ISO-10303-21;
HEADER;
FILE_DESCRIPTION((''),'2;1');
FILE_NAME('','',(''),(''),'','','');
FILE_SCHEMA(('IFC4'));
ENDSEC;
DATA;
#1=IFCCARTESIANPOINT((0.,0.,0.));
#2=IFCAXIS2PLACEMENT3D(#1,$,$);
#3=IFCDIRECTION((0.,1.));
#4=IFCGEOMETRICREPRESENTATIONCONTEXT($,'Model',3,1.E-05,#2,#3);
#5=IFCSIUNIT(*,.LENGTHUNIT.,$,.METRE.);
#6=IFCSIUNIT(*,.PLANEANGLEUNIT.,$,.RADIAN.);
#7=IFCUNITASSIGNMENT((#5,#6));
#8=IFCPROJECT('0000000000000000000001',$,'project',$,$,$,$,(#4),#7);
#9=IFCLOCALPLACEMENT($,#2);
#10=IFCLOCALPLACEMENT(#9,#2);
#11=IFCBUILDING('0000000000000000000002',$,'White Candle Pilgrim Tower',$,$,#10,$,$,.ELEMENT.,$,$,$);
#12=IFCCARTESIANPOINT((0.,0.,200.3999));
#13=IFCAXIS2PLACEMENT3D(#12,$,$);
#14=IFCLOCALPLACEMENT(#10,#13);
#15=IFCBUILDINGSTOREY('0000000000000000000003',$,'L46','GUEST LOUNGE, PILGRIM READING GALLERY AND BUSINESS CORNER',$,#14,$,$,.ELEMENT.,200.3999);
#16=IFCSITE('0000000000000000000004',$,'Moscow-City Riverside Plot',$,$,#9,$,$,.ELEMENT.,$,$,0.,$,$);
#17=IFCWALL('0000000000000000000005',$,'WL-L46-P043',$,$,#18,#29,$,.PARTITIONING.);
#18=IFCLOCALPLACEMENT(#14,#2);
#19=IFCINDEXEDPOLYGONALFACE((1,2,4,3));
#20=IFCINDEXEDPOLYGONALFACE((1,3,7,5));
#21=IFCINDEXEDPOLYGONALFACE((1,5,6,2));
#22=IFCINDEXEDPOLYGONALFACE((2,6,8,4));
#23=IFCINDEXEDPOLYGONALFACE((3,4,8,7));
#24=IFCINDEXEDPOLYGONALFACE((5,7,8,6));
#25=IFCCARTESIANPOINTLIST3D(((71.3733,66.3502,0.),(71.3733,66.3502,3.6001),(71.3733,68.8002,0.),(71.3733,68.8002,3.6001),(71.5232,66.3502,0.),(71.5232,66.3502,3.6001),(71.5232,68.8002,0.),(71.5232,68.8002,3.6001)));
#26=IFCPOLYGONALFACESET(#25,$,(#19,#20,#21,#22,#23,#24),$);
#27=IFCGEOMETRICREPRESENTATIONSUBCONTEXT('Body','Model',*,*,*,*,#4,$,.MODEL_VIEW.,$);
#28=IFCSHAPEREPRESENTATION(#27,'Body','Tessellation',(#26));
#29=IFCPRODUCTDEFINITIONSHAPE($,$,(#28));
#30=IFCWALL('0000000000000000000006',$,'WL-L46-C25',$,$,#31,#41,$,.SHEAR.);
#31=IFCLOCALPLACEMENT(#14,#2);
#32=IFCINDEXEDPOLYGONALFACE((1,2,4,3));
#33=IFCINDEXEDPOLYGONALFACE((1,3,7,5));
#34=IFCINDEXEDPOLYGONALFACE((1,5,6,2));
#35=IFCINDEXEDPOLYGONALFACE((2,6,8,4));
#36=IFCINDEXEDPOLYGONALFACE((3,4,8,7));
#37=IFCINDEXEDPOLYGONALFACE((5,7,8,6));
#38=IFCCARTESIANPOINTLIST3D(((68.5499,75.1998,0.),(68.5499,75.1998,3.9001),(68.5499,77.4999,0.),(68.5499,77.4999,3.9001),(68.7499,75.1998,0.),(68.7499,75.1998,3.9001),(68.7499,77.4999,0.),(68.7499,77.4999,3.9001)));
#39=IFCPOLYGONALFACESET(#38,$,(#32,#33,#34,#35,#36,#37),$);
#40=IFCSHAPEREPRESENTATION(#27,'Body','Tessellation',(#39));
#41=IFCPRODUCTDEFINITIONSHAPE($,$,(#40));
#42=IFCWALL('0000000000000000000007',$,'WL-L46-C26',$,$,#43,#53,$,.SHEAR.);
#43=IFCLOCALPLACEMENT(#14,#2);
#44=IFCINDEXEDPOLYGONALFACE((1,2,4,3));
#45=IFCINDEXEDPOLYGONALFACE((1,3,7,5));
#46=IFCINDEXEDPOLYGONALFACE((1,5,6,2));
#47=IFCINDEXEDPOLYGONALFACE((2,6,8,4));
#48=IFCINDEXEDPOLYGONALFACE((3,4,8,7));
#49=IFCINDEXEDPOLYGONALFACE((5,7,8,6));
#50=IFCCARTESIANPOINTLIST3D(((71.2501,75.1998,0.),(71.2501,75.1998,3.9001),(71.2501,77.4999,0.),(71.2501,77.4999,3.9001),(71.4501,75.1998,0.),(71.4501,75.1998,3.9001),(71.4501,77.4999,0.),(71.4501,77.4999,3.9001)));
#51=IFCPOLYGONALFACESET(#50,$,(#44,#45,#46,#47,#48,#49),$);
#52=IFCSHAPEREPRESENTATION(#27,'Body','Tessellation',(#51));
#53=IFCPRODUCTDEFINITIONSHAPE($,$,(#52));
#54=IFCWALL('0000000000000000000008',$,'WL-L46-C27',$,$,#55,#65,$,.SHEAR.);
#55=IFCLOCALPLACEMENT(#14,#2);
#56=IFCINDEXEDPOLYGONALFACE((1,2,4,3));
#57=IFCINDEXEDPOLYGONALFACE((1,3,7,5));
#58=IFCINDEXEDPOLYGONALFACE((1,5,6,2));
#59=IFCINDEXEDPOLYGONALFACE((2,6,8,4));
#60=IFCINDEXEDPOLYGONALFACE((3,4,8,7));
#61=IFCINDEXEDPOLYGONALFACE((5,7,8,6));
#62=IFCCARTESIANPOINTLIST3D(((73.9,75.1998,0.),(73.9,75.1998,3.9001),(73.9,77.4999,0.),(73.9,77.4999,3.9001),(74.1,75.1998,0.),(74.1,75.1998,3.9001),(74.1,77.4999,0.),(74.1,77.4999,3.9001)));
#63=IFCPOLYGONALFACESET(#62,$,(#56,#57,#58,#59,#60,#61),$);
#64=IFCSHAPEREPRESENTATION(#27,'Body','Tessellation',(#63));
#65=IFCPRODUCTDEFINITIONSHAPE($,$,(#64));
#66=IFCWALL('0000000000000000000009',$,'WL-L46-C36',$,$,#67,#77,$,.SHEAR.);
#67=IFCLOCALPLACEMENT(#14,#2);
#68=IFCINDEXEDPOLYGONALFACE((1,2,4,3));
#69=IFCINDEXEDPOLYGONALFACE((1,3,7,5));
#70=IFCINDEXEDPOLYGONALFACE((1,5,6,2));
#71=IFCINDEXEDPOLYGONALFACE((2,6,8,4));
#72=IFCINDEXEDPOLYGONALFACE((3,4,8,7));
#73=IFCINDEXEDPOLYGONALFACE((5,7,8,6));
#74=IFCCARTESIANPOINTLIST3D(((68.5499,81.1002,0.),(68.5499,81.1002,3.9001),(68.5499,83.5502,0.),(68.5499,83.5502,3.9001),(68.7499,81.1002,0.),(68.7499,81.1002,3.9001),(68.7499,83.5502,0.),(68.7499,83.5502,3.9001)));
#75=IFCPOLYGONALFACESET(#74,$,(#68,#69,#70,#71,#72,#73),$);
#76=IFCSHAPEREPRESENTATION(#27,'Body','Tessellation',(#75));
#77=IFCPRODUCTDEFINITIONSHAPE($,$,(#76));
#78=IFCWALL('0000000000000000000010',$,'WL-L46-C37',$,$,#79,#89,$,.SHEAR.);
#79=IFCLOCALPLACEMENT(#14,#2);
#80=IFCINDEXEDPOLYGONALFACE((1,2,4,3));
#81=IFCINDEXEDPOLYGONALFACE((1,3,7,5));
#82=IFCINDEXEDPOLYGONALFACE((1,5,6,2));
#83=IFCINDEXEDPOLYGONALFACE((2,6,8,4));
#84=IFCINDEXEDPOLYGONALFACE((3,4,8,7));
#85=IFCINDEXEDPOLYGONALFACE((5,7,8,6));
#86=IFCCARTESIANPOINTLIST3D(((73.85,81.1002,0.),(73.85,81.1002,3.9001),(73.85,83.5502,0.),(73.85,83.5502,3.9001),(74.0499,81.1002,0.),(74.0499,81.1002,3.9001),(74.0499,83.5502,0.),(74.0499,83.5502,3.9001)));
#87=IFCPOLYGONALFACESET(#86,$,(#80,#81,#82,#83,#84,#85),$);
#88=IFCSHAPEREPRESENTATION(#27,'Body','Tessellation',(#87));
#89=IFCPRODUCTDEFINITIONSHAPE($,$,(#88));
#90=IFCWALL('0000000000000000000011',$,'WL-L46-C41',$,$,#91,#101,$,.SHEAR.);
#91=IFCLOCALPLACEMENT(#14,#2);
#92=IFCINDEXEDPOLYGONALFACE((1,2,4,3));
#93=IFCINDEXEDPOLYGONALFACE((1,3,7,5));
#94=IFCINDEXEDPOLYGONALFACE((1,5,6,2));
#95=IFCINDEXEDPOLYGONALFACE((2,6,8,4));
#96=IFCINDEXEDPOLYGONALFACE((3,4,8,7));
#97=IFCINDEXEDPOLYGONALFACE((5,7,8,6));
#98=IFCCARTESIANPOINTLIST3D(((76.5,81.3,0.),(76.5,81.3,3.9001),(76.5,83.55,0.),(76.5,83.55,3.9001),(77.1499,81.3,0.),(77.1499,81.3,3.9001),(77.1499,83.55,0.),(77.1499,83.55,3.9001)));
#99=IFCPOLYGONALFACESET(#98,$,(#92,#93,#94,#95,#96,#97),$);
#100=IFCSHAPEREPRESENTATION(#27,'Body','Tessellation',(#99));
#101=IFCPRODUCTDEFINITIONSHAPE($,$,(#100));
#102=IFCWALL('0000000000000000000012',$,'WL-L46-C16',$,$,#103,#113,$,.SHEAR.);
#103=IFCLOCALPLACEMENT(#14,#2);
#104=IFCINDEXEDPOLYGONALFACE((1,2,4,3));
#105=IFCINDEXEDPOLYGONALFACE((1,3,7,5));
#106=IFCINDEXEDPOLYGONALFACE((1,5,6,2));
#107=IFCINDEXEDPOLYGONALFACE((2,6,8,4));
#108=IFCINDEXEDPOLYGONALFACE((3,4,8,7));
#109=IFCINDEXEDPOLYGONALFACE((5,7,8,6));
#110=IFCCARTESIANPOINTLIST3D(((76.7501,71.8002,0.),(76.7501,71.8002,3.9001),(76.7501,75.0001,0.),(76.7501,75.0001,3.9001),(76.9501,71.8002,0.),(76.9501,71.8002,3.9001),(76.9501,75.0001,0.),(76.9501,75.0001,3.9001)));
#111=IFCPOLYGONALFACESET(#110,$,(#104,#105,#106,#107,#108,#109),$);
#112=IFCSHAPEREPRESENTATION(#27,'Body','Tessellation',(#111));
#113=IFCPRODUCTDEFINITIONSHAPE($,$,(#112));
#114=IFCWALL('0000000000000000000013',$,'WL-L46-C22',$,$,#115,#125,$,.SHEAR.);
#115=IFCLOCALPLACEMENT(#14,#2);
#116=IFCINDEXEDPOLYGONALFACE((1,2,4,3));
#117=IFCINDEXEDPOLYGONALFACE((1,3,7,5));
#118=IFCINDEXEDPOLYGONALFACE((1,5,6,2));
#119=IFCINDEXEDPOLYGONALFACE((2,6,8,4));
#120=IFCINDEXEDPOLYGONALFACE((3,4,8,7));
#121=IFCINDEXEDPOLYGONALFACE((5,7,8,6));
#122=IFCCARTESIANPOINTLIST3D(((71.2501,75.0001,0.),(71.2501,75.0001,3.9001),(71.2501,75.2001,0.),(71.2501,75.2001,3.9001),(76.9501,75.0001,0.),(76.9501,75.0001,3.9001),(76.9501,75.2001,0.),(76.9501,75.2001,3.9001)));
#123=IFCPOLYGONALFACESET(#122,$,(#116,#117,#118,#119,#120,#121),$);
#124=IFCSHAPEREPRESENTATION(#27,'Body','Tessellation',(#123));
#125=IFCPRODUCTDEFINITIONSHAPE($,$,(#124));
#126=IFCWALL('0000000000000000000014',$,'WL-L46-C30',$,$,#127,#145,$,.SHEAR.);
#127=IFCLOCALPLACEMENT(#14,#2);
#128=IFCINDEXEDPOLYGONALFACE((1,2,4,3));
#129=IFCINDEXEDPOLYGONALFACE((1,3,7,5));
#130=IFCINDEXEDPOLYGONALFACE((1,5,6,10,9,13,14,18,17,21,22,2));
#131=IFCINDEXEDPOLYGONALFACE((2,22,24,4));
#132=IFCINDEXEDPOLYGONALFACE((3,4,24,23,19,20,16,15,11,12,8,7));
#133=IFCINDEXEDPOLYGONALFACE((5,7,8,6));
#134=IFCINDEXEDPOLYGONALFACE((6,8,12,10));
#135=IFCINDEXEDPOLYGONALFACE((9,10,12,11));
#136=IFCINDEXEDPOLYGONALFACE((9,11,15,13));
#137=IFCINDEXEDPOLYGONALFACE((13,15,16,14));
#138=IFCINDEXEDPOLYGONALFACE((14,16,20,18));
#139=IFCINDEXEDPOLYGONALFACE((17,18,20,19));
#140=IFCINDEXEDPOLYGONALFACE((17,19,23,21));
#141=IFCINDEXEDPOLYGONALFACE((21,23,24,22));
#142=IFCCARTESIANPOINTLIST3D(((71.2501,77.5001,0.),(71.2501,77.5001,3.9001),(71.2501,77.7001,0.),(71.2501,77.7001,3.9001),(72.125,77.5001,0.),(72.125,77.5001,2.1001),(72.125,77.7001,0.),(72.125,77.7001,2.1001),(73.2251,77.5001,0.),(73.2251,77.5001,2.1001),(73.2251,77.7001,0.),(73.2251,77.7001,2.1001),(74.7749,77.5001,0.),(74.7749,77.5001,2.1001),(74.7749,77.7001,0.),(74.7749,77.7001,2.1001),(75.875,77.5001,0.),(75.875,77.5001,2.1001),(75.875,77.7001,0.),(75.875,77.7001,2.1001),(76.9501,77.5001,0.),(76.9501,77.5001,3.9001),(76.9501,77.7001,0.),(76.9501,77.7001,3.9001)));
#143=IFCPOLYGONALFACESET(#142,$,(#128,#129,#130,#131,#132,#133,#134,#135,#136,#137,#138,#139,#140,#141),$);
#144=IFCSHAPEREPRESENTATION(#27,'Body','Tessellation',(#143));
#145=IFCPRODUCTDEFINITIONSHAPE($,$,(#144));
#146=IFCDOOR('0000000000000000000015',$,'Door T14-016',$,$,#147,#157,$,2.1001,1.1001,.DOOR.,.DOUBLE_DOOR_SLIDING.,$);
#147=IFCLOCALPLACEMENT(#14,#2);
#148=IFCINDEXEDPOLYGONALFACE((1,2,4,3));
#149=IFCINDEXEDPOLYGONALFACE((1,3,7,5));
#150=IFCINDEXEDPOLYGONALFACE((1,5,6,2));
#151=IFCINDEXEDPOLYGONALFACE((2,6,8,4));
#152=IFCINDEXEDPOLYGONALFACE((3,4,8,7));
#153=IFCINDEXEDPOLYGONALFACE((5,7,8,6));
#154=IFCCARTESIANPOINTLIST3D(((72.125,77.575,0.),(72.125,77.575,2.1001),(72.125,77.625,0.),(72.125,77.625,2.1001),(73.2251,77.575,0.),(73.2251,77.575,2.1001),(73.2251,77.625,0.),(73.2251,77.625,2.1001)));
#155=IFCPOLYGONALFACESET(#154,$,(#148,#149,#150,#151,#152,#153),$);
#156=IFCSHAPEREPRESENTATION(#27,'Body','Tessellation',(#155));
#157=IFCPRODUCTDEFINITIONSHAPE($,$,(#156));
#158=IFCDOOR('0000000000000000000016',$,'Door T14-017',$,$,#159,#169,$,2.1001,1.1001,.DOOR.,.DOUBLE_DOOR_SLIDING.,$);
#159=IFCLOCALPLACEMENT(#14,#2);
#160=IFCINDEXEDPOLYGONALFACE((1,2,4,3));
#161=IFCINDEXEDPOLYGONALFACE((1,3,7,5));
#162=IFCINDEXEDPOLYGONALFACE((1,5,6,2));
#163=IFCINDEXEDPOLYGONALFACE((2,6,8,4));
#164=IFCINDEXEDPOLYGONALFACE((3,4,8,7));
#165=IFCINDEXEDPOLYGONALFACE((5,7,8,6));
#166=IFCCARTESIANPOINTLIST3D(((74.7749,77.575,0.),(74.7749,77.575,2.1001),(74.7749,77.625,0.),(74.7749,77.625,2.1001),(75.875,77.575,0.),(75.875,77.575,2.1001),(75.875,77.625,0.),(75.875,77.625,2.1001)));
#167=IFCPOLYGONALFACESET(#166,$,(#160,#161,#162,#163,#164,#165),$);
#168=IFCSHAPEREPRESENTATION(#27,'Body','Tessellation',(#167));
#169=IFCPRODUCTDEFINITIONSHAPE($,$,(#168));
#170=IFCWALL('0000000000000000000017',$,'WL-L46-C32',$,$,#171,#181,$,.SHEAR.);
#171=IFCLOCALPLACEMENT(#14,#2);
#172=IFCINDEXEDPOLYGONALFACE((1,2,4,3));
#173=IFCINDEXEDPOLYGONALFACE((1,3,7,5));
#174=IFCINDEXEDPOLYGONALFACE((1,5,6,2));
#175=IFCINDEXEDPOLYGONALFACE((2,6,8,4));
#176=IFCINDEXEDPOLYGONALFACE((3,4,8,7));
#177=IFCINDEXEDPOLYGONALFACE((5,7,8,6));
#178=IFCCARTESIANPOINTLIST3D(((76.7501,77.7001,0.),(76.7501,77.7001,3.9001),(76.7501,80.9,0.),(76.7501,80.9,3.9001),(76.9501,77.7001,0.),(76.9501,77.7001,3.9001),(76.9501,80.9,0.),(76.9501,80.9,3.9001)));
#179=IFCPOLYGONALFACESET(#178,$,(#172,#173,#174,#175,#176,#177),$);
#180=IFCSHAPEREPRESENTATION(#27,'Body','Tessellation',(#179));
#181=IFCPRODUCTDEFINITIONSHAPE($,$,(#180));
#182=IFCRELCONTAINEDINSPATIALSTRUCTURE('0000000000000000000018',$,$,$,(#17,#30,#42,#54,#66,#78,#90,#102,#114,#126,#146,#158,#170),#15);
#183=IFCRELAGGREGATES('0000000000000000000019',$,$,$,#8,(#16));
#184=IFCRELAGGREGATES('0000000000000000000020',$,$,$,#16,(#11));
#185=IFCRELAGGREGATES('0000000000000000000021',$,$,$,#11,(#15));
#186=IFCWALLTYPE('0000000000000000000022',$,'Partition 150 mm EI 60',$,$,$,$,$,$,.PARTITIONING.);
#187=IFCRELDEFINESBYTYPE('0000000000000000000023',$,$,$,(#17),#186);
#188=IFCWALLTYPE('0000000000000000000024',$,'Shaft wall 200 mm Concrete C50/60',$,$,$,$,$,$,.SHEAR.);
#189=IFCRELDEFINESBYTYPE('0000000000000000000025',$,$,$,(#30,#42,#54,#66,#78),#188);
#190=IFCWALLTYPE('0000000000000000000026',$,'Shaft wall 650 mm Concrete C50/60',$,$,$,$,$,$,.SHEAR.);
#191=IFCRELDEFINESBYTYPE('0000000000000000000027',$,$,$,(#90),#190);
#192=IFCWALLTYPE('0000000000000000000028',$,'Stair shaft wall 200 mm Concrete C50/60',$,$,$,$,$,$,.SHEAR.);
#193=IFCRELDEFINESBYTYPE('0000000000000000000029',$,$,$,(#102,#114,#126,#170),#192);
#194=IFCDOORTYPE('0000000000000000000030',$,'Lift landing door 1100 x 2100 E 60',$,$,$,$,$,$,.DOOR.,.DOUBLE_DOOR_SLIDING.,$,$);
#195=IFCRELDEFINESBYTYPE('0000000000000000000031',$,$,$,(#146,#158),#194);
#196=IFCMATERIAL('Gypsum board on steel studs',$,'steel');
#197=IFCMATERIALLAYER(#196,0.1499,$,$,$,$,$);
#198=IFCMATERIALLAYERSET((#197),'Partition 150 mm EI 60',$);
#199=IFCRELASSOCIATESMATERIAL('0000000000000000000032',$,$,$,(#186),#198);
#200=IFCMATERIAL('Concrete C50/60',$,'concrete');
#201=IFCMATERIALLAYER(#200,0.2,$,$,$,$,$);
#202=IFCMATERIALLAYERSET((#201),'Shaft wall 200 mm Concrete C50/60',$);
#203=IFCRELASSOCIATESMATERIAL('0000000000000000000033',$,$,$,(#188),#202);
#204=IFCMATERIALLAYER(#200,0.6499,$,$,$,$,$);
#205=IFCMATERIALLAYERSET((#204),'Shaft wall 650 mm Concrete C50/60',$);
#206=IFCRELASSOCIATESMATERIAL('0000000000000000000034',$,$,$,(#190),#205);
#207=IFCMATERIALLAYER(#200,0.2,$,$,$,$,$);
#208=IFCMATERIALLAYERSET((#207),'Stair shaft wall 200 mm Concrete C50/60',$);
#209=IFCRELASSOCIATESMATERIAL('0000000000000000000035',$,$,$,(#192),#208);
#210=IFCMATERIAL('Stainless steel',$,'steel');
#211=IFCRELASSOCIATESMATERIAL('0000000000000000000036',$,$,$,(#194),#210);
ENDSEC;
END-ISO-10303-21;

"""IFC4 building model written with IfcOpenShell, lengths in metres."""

from ifc_helpers import new_model, si_unit, direction, frame, frame_2d, origin, place, context, subcontext, project, spatial, rectangle, extrude, material, layer, layer_set, type_object, element, fill, save


model = new_model("IFC4")

# Units and contexts
model_context = context("Model", 3, precision=1e-05, world=origin(), true_north=direction((0.0, 1.0)))
body_context = subcontext(model_context, "Body", "Model", "MODEL_VIEW")
ifc_project = project(units=[si_unit("LENGTHUNIT", "METRE"), si_unit("PLANEANGLEUNIT", "RADIAN")], contexts=[model_context])

# Site, building, storey
site_placement = place(None, origin())
site = spatial("IfcSite", under=ifc_project, at=site_placement, Name="Moscow-City Riverside Plot", CompositionType="ELEMENT", RefElevation=0.0)
building_placement = place(site_placement, origin())
building = spatial("IfcBuilding", under=site, at=building_placement, Name="White Candle Pilgrim Tower", CompositionType="ELEMENT")
storey_placement = place(building_placement, frame((0.0, 0.0, 200.3999)))
storey = spatial("IfcBuildingStorey", under=building, at=storey_placement, Name="L46", Description="GUEST LOUNGE, PILGRIM READING GALLERY AND BUSINESS CORNER", CompositionType="ELEMENT", Elevation=200.3999)

# Shared definitions
ifc_material_1 = material(Name="Concrete C50/60", Category="concrete")

# Shared definitions
ifc_material_2 = material(Name="Gypsum board on steel studs", Category="steel")

# Walls
ifc_layer_1 = layer(ifc_material_2, 0.1499)
ifc_layer_set_1 = layer_set([ifc_layer_1], Name="Partition 150 mm EI 60")
wall_type_1 = type_object("IfcWallType", Name="Partition 150 mm EI 60", PredefinedType="PARTITIONING", material=ifc_layer_set_1)
wall_1_placement = place(storey_placement, frame((71.4482, 66.3501, 0.0), z_axis=(0.0, 0.0, 1.0), x_axis=(0.0, 1.0, 0.0)))
element("IfcWall", 1, at=wall_1_placement, inside=storey, type_object=wall_type_1, Name="WL-L46-P043", PredefinedType="PARTITIONING", context=body_context, shape_type="SweptSolid", body=[
    extrude(rectangle(XDim=2.45, YDim=0.1499, at=frame_2d((1.2251, 0.0))), origin(), (0.0, 0.0, 1.0), 3.6001),
])
ifc_layer_2 = layer(ifc_material_1, 0.2)
ifc_layer_set_2 = layer_set([ifc_layer_2], Name="Shaft wall 200 mm Concrete C50/60")
wall_type_2 = type_object("IfcWallType", Name="Shaft wall 200 mm Concrete C50/60", PredefinedType="SHEAR", material=ifc_layer_set_2)
for number, where, z_axis, x_axis, name in (
    (2, (68.6499, 75.2, 0.0), (0.0, 0.0, 1.0), (0.0, 1.0, 0.0), "WL-L46-C25"),
    (3, (71.3501, 75.2, 0.0), (0.0, 0.0, 1.0), (0.0, 1.0, 0.0), "WL-L46-C26"),
    (4, (74.0, 75.2, 0.0), (0.0, 0.0, 1.0), (0.0, 1.0, 0.0), "WL-L46-C27"),
):
    element("IfcWall", number, at=place(storey_placement, frame(where, z_axis=z_axis, x_axis=x_axis)), inside=storey, type_object=wall_type_2, Name=name, PredefinedType="SHEAR", context=body_context, shape_type="SweptSolid", body=[
        extrude(rectangle(XDim=2.3, YDim=0.2, at=frame_2d((1.1499, 0.0))), origin(), (0.0, 0.0, 1.0), 3.9001),
    ])
for number, where, z_axis, x_axis, name in (
    (5, (68.6499, 81.1001, 0.0), (0.0, 0.0, 1.0), (0.0, 1.0, 0.0), "WL-L46-C36"),
    (6, (73.95, 81.1001, 0.0), (0.0, 0.0, 1.0), (0.0, 1.0, 0.0), "WL-L46-C37"),
):
    element("IfcWall", number, at=place(storey_placement, frame(where, z_axis=z_axis, x_axis=x_axis)), inside=storey, type_object=wall_type_2, Name=name, PredefinedType="SHEAR", context=body_context, shape_type="SweptSolid", body=[
        extrude(rectangle(XDim=2.45, YDim=0.2, at=frame_2d((1.2251, 0.0))), origin(), (0.0, 0.0, 1.0), 3.9001),
    ])
ifc_layer_3 = layer(ifc_material_1, 0.6499)
ifc_layer_set_3 = layer_set([ifc_layer_3], Name="Shaft wall 650 mm Concrete C50/60")
wall_type_3 = type_object("IfcWallType", Name="Shaft wall 650 mm Concrete C50/60", PredefinedType="SHEAR", material=ifc_layer_set_3)
wall_2_placement = place(storey_placement, frame((76.825, 81.3, 0.0), z_axis=(0.0, 0.0, 1.0), x_axis=(0.0, 1.0, 0.0)))
element("IfcWall", 7, at=wall_2_placement, inside=storey, type_object=wall_type_3, Name="WL-L46-C41", PredefinedType="SHEAR", context=body_context, shape_type="SweptSolid", body=[
    extrude(rectangle(XDim=2.25, YDim=0.6499, at=frame_2d((1.125, 0.0))), origin(), (0.0, 0.0, 1.0), 3.9001),
])
ifc_layer_4 = layer(ifc_material_1, 0.2)
ifc_layer_set_4 = layer_set([ifc_layer_4], Name="Stair shaft wall 200 mm Concrete C50/60")
wall_type_4 = type_object("IfcWallType", Name="Stair shaft wall 200 mm Concrete C50/60", PredefinedType="SHEAR", material=ifc_layer_set_4)
wall_3_placement = place(storey_placement, frame((76.8501, 71.8, 0.0), z_axis=(0.0, 0.0, 1.0), x_axis=(0.0, 1.0, 0.0)))
element("IfcWall", 8, at=wall_3_placement, inside=storey, type_object=wall_type_4, Name="WL-L46-C16", PredefinedType="SHEAR", context=body_context, shape_type="SweptSolid", body=[
    extrude(rectangle(XDim=3.2, YDim=0.2, at=frame_2d((1.6001, 0.0))), origin(), (0.0, 0.0, 1.0), 3.9001),
])
wall_4_placement = place(storey_placement, frame((71.25, 75.1001, 0.0), z_axis=(0.0, 0.0, 1.0), x_axis=(1.0, 0.0, 0.0)))
element("IfcWall", 9, at=wall_4_placement, inside=storey, type_object=wall_type_4, Name="WL-L46-C22", PredefinedType="SHEAR", context=body_context, shape_type="SweptSolid", body=[
    extrude(rectangle(XDim=5.7, YDim=0.2, at=frame_2d((2.8501, 0.0))), origin(), (0.0, 0.0, 1.0), 3.9001),
])

# Wall, openings, doors
wall_5_placement = place(storey_placement, frame((71.25, 77.6001, 0.0), z_axis=(0.0, 0.0, 1.0), x_axis=(1.0, 0.0, 0.0)))
wall_5 = element("IfcWall", 10, at=wall_5_placement, inside=storey, type_object=wall_type_4, Name="WL-L46-C30", PredefinedType="SHEAR", context=body_context, shape_type="SweptSolid", body=[
    extrude(rectangle(XDim=5.7, YDim=0.2, at=frame_2d((2.8501, 0.0))), origin(), (0.0, 0.0, 1.0), 3.9001),
])
opening_1_placement = place(wall_5_placement, frame((0.875, 0.0, 0.0)))
opening_1 = element("IfcOpeningElement", 11, at=opening_1_placement, cuts=wall_5, PredefinedType="OPENING", context=body_context, shape_type="SweptSolid", body=[
    extrude(rectangle(XDim=1.1001, YDim=2.1001, at=frame_2d((0.55, 1.05))), frame((0.0, 0.1099, 0.0), z_axis=(0.0, -1.0, 0.0), x_axis=(1.0, 0.0, 0.0)), (0.0, 0.0, 1.0), 0.22),
])
opening_2_placement = place(wall_5_placement, frame((3.5249, 0.0, 0.0)))
opening_2 = element("IfcOpeningElement", 12, at=opening_2_placement, cuts=wall_5, PredefinedType="OPENING", context=body_context, shape_type="SweptSolid", body=[
    extrude(rectangle(XDim=1.1001, YDim=2.1001, at=frame_2d((0.55, 1.05))), frame((0.0, 0.1099, 0.0), z_axis=(0.0, -1.0, 0.0), x_axis=(1.0, 0.0, 0.0)), (0.0, 0.0, 1.0), 0.22),
])
ifc_material_3 = material(Name="Stainless steel", Category="steel")
door_type_1 = type_object("IfcDoorType", Name="Lift landing door 1100 x 2100 E 60", OperationType="DOUBLE_DOOR_SLIDING", PredefinedType="DOOR", material=ifc_material_3)
door_1_placement = place(opening_1_placement, origin())
door_1 = element("IfcDoor", 13, at=door_1_placement, inside=storey, type_object=door_type_1, Name="Door T14-016", OperationType="DOUBLE_DOOR_SLIDING", OverallHeight=2.1001, OverallWidth=1.1001, PredefinedType="DOOR", context=body_context, shape_type="SweptSolid", body=[
    extrude(rectangle(XDim=1.1001, YDim=2.1001, at=frame_2d((0.55, 1.05))), frame((0.0, 0.0249, 0.0), z_axis=(0.0, -1.0, 0.0), x_axis=(1.0, 0.0, 0.0)), (0.0, 0.0, 1.0), 0.05),
])
fill(opening_1, door_1)
door_2_placement = place(opening_2_placement, origin())
door_2 = element("IfcDoor", 14, at=door_2_placement, inside=storey, type_object=door_type_1, Name="Door T14-017", OperationType="DOUBLE_DOOR_SLIDING", OverallHeight=2.1001, OverallWidth=1.1001, PredefinedType="DOOR", context=body_context, shape_type="SweptSolid", body=[
    extrude(rectangle(XDim=1.1001, YDim=2.1001, at=frame_2d((0.55, 1.05))), frame((0.0, 0.0249, 0.0), z_axis=(0.0, -1.0, 0.0), x_axis=(1.0, 0.0, 0.0)), (0.0, 0.0, 1.0), 0.05),
])
fill(opening_2, door_2)

# Wall
wall_6_placement = place(storey_placement, frame((76.8501, 77.7, 0.0), z_axis=(0.0, 0.0, 1.0), x_axis=(0.0, 1.0, 0.0)))
element("IfcWall", 15, at=wall_6_placement, inside=storey, type_object=wall_type_4, Name="WL-L46-C32", PredefinedType="SHEAR", context=body_context, shape_type="SweptSolid", body=[
    extrude(rectangle(XDim=3.2, YDim=0.2, at=frame_2d((1.6001, 0.0))), origin(), (0.0, 0.0, 1.0), 3.9001),
])

save(model, "model.ifc")
